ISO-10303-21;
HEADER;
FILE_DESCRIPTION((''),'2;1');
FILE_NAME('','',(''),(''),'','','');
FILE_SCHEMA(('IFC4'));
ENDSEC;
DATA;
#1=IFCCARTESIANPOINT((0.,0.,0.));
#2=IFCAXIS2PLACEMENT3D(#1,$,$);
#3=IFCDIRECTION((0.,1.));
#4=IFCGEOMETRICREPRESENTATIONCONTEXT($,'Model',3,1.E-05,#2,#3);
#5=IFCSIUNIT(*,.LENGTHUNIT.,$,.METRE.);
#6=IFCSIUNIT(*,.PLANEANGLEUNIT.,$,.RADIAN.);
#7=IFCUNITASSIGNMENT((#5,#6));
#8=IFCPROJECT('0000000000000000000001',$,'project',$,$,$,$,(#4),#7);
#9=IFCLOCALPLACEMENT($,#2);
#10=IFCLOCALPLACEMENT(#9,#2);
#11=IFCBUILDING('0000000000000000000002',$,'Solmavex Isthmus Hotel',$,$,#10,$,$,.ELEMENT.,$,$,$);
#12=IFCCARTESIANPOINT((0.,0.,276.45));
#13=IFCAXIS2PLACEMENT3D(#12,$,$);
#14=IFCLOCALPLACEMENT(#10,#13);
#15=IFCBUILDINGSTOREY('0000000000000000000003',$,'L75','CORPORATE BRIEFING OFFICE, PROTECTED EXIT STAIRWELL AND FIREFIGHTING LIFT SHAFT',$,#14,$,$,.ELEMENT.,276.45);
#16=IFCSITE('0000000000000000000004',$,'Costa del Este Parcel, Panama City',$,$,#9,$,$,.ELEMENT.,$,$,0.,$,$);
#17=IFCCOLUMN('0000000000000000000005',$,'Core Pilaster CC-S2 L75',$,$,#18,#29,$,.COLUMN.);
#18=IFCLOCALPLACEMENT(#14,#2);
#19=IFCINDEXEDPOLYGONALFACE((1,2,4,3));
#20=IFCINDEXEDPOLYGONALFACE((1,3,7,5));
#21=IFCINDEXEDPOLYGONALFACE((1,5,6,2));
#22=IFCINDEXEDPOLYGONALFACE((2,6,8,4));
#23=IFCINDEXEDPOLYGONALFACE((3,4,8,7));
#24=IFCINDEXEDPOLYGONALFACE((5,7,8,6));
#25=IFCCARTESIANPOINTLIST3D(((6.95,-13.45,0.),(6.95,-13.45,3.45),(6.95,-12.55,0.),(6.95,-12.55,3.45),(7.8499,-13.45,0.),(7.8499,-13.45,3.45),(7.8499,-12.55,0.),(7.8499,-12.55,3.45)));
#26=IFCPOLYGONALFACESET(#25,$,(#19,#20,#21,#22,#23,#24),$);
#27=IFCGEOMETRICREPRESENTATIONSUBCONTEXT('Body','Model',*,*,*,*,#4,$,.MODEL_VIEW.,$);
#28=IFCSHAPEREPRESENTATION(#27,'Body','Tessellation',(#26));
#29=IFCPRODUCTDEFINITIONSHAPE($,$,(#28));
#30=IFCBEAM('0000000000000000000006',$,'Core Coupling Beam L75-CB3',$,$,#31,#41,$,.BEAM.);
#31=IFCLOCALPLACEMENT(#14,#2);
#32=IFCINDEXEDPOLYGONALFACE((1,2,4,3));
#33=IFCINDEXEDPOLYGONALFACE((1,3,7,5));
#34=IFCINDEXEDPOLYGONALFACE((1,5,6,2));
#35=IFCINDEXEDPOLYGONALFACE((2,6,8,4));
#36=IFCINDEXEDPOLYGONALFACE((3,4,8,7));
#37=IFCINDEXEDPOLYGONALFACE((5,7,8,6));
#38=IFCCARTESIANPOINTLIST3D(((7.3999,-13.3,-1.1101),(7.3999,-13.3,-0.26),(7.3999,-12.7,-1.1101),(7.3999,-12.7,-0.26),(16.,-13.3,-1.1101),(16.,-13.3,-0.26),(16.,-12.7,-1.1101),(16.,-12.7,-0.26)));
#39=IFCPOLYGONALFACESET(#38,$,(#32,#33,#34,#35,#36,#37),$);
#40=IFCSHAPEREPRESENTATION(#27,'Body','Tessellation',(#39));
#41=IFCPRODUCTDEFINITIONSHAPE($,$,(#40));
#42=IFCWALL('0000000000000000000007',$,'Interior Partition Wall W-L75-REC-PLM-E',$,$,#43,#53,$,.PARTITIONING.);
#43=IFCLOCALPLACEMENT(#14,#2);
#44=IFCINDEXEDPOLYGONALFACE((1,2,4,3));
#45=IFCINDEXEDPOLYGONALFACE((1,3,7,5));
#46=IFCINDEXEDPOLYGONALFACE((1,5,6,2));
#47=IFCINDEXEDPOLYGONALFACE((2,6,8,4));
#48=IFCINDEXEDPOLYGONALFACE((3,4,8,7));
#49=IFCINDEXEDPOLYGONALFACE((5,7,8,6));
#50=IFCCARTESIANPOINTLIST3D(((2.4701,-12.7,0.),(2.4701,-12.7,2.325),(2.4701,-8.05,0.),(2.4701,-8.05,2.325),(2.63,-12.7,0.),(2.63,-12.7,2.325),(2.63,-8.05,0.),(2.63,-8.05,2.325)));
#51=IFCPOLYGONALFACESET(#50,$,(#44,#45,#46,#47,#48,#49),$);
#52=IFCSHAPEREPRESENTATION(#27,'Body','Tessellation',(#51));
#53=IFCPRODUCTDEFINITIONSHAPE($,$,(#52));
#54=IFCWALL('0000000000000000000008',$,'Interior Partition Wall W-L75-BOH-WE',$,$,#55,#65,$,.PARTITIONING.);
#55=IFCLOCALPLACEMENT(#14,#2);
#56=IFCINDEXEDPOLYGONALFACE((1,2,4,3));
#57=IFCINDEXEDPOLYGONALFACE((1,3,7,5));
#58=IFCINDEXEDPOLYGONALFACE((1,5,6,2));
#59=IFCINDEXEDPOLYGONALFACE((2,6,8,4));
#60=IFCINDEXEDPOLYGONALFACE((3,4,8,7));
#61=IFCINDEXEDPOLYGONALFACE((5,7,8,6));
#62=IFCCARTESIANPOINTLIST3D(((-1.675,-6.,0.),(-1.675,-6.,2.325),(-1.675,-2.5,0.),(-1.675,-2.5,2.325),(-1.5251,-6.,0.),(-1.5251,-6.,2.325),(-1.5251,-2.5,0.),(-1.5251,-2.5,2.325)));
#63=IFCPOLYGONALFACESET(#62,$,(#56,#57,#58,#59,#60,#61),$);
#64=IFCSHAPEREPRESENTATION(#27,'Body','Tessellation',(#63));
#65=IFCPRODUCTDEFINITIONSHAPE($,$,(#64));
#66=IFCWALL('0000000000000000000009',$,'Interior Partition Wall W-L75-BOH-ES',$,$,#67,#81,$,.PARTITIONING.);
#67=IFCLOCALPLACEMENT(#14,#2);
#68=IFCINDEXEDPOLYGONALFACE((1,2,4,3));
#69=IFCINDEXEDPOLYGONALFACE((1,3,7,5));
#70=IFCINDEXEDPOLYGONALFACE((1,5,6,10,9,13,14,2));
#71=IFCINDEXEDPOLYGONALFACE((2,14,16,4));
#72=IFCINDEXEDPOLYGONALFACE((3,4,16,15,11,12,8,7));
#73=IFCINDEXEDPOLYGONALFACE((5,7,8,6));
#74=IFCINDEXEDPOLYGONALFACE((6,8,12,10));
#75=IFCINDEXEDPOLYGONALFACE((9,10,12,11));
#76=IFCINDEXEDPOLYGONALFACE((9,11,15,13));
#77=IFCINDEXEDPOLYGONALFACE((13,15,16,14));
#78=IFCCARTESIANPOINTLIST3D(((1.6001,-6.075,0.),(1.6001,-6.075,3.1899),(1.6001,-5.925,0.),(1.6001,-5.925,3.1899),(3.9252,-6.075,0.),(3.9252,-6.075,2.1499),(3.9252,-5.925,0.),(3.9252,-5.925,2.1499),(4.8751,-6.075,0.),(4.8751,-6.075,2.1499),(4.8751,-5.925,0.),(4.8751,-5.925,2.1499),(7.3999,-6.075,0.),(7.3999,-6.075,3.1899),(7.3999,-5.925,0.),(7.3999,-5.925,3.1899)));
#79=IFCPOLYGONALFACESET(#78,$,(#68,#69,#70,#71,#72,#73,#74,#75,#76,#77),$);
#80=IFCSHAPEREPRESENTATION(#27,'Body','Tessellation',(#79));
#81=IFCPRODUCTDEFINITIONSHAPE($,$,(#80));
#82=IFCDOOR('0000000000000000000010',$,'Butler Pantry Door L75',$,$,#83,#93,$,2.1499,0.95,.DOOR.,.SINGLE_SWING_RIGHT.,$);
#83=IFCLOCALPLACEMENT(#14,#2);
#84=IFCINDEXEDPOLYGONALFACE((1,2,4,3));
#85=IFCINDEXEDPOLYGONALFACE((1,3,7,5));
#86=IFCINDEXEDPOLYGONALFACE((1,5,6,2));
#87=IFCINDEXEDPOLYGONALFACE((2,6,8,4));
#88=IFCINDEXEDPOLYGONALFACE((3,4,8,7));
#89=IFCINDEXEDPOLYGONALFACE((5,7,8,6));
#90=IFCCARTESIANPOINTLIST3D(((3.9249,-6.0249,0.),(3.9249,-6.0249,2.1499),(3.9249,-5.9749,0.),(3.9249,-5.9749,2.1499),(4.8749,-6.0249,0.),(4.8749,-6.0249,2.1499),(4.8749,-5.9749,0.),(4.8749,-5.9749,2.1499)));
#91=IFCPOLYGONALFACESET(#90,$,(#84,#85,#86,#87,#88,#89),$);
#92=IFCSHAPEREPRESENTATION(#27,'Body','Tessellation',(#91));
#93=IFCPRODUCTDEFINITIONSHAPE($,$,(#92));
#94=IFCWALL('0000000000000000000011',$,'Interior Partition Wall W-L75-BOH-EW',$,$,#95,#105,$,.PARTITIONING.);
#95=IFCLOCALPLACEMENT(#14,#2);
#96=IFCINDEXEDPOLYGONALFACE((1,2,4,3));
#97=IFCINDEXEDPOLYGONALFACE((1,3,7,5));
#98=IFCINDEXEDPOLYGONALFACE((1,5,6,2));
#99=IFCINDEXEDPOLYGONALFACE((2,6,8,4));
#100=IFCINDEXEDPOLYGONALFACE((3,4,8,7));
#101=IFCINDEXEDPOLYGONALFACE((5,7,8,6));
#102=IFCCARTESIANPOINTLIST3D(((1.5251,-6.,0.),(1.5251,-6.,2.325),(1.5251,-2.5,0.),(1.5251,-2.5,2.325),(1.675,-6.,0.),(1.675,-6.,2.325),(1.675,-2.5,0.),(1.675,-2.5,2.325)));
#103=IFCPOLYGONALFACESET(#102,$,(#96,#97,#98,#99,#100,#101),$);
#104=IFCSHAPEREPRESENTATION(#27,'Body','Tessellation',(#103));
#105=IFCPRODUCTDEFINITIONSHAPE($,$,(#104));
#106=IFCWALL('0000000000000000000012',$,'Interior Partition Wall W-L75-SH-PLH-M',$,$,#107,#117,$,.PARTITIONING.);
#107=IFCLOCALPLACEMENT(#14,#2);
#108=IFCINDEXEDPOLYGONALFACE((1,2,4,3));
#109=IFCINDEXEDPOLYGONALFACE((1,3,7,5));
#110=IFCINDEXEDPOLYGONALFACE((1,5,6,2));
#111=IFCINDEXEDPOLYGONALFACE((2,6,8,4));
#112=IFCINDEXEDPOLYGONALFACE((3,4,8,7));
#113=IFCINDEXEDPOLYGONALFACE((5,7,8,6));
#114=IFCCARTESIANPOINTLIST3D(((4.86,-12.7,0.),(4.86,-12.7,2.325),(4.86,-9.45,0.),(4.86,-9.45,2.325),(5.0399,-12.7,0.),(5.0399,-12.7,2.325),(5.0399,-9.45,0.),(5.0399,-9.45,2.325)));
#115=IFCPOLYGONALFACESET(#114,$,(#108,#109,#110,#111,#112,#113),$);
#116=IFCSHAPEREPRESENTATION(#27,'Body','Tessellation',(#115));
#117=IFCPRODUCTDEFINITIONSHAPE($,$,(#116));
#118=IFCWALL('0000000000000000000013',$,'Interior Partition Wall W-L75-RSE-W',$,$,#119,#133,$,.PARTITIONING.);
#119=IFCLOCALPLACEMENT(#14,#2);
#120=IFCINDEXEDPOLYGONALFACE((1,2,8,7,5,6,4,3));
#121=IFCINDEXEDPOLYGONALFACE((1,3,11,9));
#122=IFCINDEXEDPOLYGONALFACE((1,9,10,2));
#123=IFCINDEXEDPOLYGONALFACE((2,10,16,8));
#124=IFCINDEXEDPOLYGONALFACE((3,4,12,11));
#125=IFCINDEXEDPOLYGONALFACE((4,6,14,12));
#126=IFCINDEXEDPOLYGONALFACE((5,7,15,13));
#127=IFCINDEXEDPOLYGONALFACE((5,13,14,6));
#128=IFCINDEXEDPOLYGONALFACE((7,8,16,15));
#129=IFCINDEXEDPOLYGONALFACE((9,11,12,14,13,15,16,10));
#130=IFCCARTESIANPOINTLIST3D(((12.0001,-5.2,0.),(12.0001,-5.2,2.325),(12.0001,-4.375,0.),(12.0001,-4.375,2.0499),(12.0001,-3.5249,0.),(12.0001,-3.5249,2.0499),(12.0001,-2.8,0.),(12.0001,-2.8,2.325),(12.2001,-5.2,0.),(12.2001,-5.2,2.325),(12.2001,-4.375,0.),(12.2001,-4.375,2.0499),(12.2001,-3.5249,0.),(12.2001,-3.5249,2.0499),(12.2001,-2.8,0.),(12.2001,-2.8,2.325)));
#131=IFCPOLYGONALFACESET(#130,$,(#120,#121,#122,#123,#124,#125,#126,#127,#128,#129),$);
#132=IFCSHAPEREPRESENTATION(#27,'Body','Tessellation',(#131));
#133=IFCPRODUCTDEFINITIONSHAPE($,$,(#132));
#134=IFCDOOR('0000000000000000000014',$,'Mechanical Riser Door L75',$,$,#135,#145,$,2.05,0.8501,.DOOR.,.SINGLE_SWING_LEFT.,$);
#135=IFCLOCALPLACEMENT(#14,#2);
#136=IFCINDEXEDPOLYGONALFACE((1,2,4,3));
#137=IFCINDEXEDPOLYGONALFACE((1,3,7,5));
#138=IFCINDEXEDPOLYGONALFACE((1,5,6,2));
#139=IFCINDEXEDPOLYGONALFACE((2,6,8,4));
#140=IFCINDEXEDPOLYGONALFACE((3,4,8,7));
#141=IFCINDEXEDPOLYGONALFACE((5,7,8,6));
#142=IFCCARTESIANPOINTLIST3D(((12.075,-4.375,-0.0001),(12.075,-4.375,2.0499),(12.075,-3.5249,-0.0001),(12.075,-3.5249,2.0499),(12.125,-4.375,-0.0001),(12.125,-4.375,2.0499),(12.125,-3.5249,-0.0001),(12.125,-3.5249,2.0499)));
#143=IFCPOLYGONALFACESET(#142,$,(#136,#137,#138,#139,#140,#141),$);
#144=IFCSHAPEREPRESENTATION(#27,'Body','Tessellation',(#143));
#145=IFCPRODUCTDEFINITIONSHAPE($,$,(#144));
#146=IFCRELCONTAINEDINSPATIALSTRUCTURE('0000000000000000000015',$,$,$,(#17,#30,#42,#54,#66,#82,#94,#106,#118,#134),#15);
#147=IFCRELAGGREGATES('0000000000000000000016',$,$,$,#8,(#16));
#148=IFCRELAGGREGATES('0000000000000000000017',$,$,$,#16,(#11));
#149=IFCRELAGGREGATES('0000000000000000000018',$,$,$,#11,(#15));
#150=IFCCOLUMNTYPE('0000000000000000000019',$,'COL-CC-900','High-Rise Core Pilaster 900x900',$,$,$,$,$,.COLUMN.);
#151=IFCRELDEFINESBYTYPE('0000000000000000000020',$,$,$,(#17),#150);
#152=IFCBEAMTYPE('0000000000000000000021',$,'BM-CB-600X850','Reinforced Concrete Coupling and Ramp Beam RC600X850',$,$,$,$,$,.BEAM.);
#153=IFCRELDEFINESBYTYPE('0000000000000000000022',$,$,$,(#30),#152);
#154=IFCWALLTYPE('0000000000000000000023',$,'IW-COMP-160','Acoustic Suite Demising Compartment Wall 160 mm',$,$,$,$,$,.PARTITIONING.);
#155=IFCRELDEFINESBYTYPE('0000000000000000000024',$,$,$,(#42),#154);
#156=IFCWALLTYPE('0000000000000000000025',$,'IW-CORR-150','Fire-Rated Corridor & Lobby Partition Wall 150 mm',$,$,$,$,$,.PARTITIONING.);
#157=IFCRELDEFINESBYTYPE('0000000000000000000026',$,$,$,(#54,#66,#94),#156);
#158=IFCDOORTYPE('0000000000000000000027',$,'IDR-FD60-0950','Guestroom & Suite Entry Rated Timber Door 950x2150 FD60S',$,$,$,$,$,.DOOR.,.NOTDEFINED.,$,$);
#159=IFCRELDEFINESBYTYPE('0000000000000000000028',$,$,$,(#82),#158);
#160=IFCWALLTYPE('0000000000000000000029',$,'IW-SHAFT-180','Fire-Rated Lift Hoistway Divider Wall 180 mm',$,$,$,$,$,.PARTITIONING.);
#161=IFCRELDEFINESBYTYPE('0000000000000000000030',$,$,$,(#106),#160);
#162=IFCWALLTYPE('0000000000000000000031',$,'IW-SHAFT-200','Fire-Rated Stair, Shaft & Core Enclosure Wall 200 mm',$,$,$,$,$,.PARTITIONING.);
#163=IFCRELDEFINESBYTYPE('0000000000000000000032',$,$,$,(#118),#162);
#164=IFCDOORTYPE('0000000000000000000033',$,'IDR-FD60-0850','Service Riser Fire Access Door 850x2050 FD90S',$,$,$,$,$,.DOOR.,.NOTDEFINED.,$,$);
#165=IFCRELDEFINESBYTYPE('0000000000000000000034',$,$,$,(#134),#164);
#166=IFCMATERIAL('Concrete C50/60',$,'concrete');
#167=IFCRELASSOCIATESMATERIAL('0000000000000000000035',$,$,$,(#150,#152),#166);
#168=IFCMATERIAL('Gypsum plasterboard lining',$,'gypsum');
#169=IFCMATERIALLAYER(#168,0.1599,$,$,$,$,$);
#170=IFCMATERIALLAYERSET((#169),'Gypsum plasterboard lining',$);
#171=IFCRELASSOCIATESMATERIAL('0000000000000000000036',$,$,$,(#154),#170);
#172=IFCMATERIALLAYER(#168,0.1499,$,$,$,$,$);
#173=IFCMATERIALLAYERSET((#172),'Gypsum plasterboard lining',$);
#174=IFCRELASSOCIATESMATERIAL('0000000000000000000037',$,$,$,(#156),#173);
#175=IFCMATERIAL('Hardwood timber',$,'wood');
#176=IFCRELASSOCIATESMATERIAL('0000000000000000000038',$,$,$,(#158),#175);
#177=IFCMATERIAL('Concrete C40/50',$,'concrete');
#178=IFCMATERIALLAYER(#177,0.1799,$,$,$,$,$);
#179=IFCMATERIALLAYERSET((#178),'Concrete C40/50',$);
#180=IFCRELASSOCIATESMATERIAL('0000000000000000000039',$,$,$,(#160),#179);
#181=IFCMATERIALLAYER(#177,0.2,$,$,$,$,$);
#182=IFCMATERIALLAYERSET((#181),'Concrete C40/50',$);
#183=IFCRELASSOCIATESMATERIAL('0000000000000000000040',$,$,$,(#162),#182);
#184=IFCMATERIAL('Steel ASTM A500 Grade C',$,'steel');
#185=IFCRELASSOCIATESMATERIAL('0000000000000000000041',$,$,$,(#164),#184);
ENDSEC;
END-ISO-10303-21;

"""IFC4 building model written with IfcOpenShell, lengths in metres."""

from ifc_helpers import new_model, si_unit, direction, frame, frame_2d, origin, origin_2d, place, context, subcontext, project, spatial, rectangle, extrude, material, layer, layer_set, material_profile, profile_set, type_object, element, fill, save


model = new_model("IFC4")

# Units and contexts
model_context = context("Model", 3, precision=1e-05, world=origin(), true_north=direction((0.0, 1.0)))
body_context = subcontext(model_context, "Body", "Model", "MODEL_VIEW")
ifc_project = project(units=[si_unit("LENGTHUNIT", "METRE"), si_unit("PLANEANGLEUNIT", "RADIAN")], contexts=[model_context])

# Site, building, storey
site_placement = place(None, origin())
site = spatial("IfcSite", under=ifc_project, at=site_placement, Name="Costa del Este Parcel, Panama City", CompositionType="ELEMENT", RefElevation=0.0)
building_placement = place(site_placement, origin())
building = spatial("IfcBuilding", under=site, at=building_placement, Name="Solmavex Isthmus Hotel", CompositionType="ELEMENT")
storey_placement = place(building_placement, frame((0.0, 0.0, 276.45)))
storey = spatial("IfcBuildingStorey", under=building, at=storey_placement, Name="L75", Description="CORPORATE BRIEFING OFFICE, PROTECTED EXIT STAIRWELL AND FIREFIGHTING LIFT SHAFT", CompositionType="ELEMENT", Elevation=276.45)

# Column
ifc_material_1 = material(Name="Concrete C50/60", Category="concrete")
ifc_material_profile_1 = material_profile(ifc_material_1, rectangle(XDim=0.8999, YDim=0.8999, at=origin_2d()), Name="RC900X900")
ifc_profile_set_1 = profile_set([ifc_material_profile_1], Name="Concrete C50/60")
column_type = type_object("IfcColumnType", Name="COL-CC-900", Description="High-Rise Core Pilaster 900x900", PredefinedType="COLUMN", material=ifc_profile_set_1)
column_placement = place(storey_placement, frame((7.3999, -13.0, 0.0), z_axis=(0.0, 0.0, 1.0), x_axis=(1.0, 0.0, 0.0)))
element("IfcColumn", 1, at=column_placement, inside=storey, type_object=column_type, Name="Core Pilaster CC-S2 L75", PredefinedType="COLUMN", context=body_context, shape_type="SweptSolid", body=[
    extrude(rectangle(XDim=0.8999, YDim=0.8999, at=origin_2d()), origin(), (0.0, 0.0, 1.0), 3.45),
])

# Beam
ifc_material_profile_2 = material_profile(ifc_material_1, rectangle(XDim=0.6001, YDim=0.8501, at=origin_2d()), Name="RC600X850")
ifc_profile_set_2 = profile_set([ifc_material_profile_2], Name="Concrete C50/60")
beam_type = type_object("IfcBeamType", Name="BM-CB-600X850", Description="Reinforced Concrete Coupling and Ramp Beam RC600X850", PredefinedType="BEAM", material=ifc_profile_set_2)
beam_placement = place(storey_placement, frame((7.3999, -13.0, -0.6851), z_axis=(1.0, 0.0, 0.0), x_axis=(0.0, 1.0, 0.0)))
element("IfcBeam", 2, at=beam_placement, inside=storey, type_object=beam_type, Name="Core Coupling Beam L75-CB3", PredefinedType="BEAM", context=body_context, shape_type="SweptSolid", body=[
    extrude(rectangle(XDim=0.6001, YDim=0.8501, at=origin_2d()), origin(), (0.0, 0.0, 1.0), 8.6001),
])

# Walls
ifc_material_2 = material(Name="Gypsum plasterboard lining", Category="gypsum")
ifc_layer_1 = layer(ifc_material_2, 0.1599)
ifc_layer_set_1 = layer_set([ifc_layer_1], Name="Gypsum plasterboard lining")
wall_type_1 = type_object("IfcWallType", Name="IW-COMP-160", Description="Acoustic Suite Demising Compartment Wall 160 mm", PredefinedType="PARTITIONING", material=ifc_layer_set_1)
wall_1_placement = place(storey_placement, frame((2.55, -12.7, 0.0), z_axis=(0.0, 0.0, 1.0), x_axis=(0.0, 1.0, 0.0)))
element("IfcWall", 3, at=wall_1_placement, inside=storey, type_object=wall_type_1, Name="Interior Partition Wall W-L75-REC-PLM-E", PredefinedType="PARTITIONING", context=body_context, shape_type="SweptSolid", body=[
    extrude(rectangle(XDim=4.6499, YDim=0.1599, at=frame_2d((2.325, 0.0))), origin(), (0.0, 0.0, 1.0), 2.325),
])
ifc_layer_2 = layer(ifc_material_2, 0.1499)
ifc_layer_set_2 = layer_set([ifc_layer_2], Name="Gypsum plasterboard lining")
wall_type_2 = type_object("IfcWallType", Name="IW-CORR-150", Description="Fire-Rated Corridor & Lobby Partition Wall 150 mm", PredefinedType="PARTITIONING", material=ifc_layer_set_2)
wall_2_placement = place(storey_placement, frame((-1.6001, -6.0, 0.0), z_axis=(0.0, 0.0, 1.0), x_axis=(0.0, 1.0, 0.0)))
element("IfcWall", 4, at=wall_2_placement, inside=storey, type_object=wall_type_2, Name="Interior Partition Wall W-L75-BOH-WE", PredefinedType="PARTITIONING", context=body_context, shape_type="SweptSolid", body=[
    extrude(rectangle(XDim=3.5, YDim=0.1499, at=frame_2d((1.75, 0.0))), origin(), (0.0, 0.0, 1.0), 2.325),
])

# Wall, opening, door
wall_3_placement = place(storey_placement, frame((1.6001, -6.0, 0.0), z_axis=(0.0, 0.0, 1.0), x_axis=(1.0, 0.0, 0.0)))
wall_3 = element("IfcWall", 5, at=wall_3_placement, inside=storey, type_object=wall_type_2, Name="Interior Partition Wall W-L75-BOH-ES", PredefinedType="PARTITIONING", context=body_context, shape_type="SweptSolid", body=[
    extrude(rectangle(XDim=5.7998, YDim=0.1499, at=frame_2d((2.8999, 0.0))), origin(), (0.0, 0.0, 1.0), 3.1899),
])
opening_1_placement = place(wall_3_placement, frame((2.325, 0.0, 0.0)))
opening_1 = element("IfcOpeningElement", 6, at=opening_1_placement, cuts=wall_3, PredefinedType="OPENING", context=body_context, shape_type="SweptSolid", body=[
    extrude(rectangle(XDim=0.95, YDim=2.1499, at=frame_2d((0.4751, 1.075))), frame((0.0, 0.085, 0.0), z_axis=(0.0, -1.0, 0.0), x_axis=(1.0, 0.0, 0.0)), (0.0, 0.0, 1.0), 0.1699),
])
ifc_material_3 = material(Name="Hardwood timber", Category="wood")
door_type_1 = type_object("IfcDoorType", Name="IDR-FD60-0950", Description="Guestroom & Suite Entry Rated Timber Door 950x2150 FD60S", OperationType="NOTDEFINED", PredefinedType="DOOR", material=ifc_material_3)
door_1_placement = place(opening_1_placement, frame((0.95, 0.0, 0.0), z_axis=(0.0, 0.0, 1.0), x_axis=(-1.0, 0.0, 0.0)))
door_1 = element("IfcDoor", 7, at=door_1_placement, inside=storey, type_object=door_type_1, Name="Butler Pantry Door L75", OperationType="SINGLE_SWING_RIGHT", OverallHeight=2.1499, OverallWidth=0.95, PredefinedType="DOOR", context=body_context, shape_type="SweptSolid", body=[
    extrude(rectangle(XDim=0.95, YDim=2.1499, at=frame_2d((0.4751, 1.075))), frame((0.0, 0.0249, 0.0), z_axis=(0.0, -1.0, 0.0), x_axis=(1.0, 0.0, 0.0)), (0.0, 0.0, 1.0), 0.05),
])
fill(opening_1, door_1)

# Walls
wall_4_placement = place(storey_placement, frame((1.6001, -6.0, 0.0), z_axis=(0.0, 0.0, 1.0), x_axis=(0.0, 1.0, 0.0)))
element("IfcWall", 8, at=wall_4_placement, inside=storey, type_object=wall_type_2, Name="Interior Partition Wall W-L75-BOH-EW", PredefinedType="PARTITIONING", context=body_context, shape_type="SweptSolid", body=[
    extrude(rectangle(XDim=3.5, YDim=0.1499, at=frame_2d((1.75, 0.0))), origin(), (0.0, 0.0, 1.0), 2.325),
])
ifc_material_4 = material(Name="Concrete C40/50", Category="concrete")
ifc_layer_3 = layer(ifc_material_4, 0.1799)
ifc_layer_set_3 = layer_set([ifc_layer_3], Name="Concrete C40/50")
wall_type_3 = type_object("IfcWallType", Name="IW-SHAFT-180", Description="Fire-Rated Lift Hoistway Divider Wall 180 mm", PredefinedType="PARTITIONING", material=ifc_layer_set_3)
wall_5_placement = place(storey_placement, frame((4.95, -12.7, 0.0), z_axis=(0.0, 0.0, 1.0), x_axis=(0.0, 1.0, 0.0)))
element("IfcWall", 9, at=wall_5_placement, inside=storey, type_object=wall_type_3, Name="Interior Partition Wall W-L75-SH-PLH-M", PredefinedType="PARTITIONING", context=body_context, shape_type="SweptSolid", body=[
    extrude(rectangle(XDim=3.25, YDim=0.1799, at=frame_2d((1.625, 0.0))), origin(), (0.0, 0.0, 1.0), 2.325),
])

# Wall, opening, door
ifc_layer_4 = layer(ifc_material_4, 0.2)
ifc_layer_set_4 = layer_set([ifc_layer_4], Name="Concrete C40/50")
wall_type_4 = type_object("IfcWallType", Name="IW-SHAFT-200", Description="Fire-Rated Stair, Shaft & Core Enclosure Wall 200 mm", PredefinedType="PARTITIONING", material=ifc_layer_set_4)
wall_6_placement = place(storey_placement, frame((12.1001, -5.2, 0.0), z_axis=(0.0, 0.0, 1.0), x_axis=(0.0, 1.0, 0.0)))
wall_6 = element("IfcWall", 10, at=wall_6_placement, inside=storey, type_object=wall_type_4, Name="Interior Partition Wall W-L75-RSE-W", PredefinedType="PARTITIONING", context=body_context, shape_type="SweptSolid", body=[
    extrude(rectangle(XDim=2.3999, YDim=0.2, at=frame_2d((1.2, 0.0))), origin(), (0.0, 0.0, 1.0), 2.325),
])
opening_2_placement = place(wall_6_placement, frame((0.825, 0.0, 0.0)))
opening_2 = element("IfcOpeningElement", 11, at=opening_2_placement, cuts=wall_6, PredefinedType="OPENING", context=body_context, shape_type="SweptSolid", body=[
    extrude(rectangle(XDim=0.8501, YDim=2.05, at=frame_2d((0.425, 1.0249))), frame((0.0, 0.1099, 0.0), z_axis=(0.0, -1.0, 0.0), x_axis=(1.0, 0.0, 0.0)), (0.0, 0.0, 1.0), 0.22),
])
ifc_material_5 = material(Name="Steel ASTM A500 Grade C", Category="steel")
door_type_2 = type_object("IfcDoorType", Name="IDR-FD60-0850", Description="Service Riser Fire Access Door 850x2050 FD90S", OperationType="NOTDEFINED", PredefinedType="DOOR", material=ifc_material_5)
door_2_placement = place(opening_2_placement, frame((0.8501, 0.0, 0.0), z_axis=(0.0, 0.0, 1.0), x_axis=(-1.0, 0.0, 0.0)))
door_2 = element("IfcDoor", 12, at=door_2_placement, inside=storey, type_object=door_type_2, Name="Mechanical Riser Door L75", OperationType="SINGLE_SWING_LEFT", OverallHeight=2.05, OverallWidth=0.8501, PredefinedType="DOOR", context=body_context, shape_type="SweptSolid", body=[
    extrude(rectangle(XDim=0.8501, YDim=2.05, at=frame_2d((0.425, 1.0249))), frame((0.0, 0.0249, 0.0), z_axis=(0.0, -1.0, 0.0), x_axis=(1.0, 0.0, 0.0)), (0.0, 0.0, 1.0), 0.05),
])
fill(opening_2, door_2)

save(model, "model.ifc")
